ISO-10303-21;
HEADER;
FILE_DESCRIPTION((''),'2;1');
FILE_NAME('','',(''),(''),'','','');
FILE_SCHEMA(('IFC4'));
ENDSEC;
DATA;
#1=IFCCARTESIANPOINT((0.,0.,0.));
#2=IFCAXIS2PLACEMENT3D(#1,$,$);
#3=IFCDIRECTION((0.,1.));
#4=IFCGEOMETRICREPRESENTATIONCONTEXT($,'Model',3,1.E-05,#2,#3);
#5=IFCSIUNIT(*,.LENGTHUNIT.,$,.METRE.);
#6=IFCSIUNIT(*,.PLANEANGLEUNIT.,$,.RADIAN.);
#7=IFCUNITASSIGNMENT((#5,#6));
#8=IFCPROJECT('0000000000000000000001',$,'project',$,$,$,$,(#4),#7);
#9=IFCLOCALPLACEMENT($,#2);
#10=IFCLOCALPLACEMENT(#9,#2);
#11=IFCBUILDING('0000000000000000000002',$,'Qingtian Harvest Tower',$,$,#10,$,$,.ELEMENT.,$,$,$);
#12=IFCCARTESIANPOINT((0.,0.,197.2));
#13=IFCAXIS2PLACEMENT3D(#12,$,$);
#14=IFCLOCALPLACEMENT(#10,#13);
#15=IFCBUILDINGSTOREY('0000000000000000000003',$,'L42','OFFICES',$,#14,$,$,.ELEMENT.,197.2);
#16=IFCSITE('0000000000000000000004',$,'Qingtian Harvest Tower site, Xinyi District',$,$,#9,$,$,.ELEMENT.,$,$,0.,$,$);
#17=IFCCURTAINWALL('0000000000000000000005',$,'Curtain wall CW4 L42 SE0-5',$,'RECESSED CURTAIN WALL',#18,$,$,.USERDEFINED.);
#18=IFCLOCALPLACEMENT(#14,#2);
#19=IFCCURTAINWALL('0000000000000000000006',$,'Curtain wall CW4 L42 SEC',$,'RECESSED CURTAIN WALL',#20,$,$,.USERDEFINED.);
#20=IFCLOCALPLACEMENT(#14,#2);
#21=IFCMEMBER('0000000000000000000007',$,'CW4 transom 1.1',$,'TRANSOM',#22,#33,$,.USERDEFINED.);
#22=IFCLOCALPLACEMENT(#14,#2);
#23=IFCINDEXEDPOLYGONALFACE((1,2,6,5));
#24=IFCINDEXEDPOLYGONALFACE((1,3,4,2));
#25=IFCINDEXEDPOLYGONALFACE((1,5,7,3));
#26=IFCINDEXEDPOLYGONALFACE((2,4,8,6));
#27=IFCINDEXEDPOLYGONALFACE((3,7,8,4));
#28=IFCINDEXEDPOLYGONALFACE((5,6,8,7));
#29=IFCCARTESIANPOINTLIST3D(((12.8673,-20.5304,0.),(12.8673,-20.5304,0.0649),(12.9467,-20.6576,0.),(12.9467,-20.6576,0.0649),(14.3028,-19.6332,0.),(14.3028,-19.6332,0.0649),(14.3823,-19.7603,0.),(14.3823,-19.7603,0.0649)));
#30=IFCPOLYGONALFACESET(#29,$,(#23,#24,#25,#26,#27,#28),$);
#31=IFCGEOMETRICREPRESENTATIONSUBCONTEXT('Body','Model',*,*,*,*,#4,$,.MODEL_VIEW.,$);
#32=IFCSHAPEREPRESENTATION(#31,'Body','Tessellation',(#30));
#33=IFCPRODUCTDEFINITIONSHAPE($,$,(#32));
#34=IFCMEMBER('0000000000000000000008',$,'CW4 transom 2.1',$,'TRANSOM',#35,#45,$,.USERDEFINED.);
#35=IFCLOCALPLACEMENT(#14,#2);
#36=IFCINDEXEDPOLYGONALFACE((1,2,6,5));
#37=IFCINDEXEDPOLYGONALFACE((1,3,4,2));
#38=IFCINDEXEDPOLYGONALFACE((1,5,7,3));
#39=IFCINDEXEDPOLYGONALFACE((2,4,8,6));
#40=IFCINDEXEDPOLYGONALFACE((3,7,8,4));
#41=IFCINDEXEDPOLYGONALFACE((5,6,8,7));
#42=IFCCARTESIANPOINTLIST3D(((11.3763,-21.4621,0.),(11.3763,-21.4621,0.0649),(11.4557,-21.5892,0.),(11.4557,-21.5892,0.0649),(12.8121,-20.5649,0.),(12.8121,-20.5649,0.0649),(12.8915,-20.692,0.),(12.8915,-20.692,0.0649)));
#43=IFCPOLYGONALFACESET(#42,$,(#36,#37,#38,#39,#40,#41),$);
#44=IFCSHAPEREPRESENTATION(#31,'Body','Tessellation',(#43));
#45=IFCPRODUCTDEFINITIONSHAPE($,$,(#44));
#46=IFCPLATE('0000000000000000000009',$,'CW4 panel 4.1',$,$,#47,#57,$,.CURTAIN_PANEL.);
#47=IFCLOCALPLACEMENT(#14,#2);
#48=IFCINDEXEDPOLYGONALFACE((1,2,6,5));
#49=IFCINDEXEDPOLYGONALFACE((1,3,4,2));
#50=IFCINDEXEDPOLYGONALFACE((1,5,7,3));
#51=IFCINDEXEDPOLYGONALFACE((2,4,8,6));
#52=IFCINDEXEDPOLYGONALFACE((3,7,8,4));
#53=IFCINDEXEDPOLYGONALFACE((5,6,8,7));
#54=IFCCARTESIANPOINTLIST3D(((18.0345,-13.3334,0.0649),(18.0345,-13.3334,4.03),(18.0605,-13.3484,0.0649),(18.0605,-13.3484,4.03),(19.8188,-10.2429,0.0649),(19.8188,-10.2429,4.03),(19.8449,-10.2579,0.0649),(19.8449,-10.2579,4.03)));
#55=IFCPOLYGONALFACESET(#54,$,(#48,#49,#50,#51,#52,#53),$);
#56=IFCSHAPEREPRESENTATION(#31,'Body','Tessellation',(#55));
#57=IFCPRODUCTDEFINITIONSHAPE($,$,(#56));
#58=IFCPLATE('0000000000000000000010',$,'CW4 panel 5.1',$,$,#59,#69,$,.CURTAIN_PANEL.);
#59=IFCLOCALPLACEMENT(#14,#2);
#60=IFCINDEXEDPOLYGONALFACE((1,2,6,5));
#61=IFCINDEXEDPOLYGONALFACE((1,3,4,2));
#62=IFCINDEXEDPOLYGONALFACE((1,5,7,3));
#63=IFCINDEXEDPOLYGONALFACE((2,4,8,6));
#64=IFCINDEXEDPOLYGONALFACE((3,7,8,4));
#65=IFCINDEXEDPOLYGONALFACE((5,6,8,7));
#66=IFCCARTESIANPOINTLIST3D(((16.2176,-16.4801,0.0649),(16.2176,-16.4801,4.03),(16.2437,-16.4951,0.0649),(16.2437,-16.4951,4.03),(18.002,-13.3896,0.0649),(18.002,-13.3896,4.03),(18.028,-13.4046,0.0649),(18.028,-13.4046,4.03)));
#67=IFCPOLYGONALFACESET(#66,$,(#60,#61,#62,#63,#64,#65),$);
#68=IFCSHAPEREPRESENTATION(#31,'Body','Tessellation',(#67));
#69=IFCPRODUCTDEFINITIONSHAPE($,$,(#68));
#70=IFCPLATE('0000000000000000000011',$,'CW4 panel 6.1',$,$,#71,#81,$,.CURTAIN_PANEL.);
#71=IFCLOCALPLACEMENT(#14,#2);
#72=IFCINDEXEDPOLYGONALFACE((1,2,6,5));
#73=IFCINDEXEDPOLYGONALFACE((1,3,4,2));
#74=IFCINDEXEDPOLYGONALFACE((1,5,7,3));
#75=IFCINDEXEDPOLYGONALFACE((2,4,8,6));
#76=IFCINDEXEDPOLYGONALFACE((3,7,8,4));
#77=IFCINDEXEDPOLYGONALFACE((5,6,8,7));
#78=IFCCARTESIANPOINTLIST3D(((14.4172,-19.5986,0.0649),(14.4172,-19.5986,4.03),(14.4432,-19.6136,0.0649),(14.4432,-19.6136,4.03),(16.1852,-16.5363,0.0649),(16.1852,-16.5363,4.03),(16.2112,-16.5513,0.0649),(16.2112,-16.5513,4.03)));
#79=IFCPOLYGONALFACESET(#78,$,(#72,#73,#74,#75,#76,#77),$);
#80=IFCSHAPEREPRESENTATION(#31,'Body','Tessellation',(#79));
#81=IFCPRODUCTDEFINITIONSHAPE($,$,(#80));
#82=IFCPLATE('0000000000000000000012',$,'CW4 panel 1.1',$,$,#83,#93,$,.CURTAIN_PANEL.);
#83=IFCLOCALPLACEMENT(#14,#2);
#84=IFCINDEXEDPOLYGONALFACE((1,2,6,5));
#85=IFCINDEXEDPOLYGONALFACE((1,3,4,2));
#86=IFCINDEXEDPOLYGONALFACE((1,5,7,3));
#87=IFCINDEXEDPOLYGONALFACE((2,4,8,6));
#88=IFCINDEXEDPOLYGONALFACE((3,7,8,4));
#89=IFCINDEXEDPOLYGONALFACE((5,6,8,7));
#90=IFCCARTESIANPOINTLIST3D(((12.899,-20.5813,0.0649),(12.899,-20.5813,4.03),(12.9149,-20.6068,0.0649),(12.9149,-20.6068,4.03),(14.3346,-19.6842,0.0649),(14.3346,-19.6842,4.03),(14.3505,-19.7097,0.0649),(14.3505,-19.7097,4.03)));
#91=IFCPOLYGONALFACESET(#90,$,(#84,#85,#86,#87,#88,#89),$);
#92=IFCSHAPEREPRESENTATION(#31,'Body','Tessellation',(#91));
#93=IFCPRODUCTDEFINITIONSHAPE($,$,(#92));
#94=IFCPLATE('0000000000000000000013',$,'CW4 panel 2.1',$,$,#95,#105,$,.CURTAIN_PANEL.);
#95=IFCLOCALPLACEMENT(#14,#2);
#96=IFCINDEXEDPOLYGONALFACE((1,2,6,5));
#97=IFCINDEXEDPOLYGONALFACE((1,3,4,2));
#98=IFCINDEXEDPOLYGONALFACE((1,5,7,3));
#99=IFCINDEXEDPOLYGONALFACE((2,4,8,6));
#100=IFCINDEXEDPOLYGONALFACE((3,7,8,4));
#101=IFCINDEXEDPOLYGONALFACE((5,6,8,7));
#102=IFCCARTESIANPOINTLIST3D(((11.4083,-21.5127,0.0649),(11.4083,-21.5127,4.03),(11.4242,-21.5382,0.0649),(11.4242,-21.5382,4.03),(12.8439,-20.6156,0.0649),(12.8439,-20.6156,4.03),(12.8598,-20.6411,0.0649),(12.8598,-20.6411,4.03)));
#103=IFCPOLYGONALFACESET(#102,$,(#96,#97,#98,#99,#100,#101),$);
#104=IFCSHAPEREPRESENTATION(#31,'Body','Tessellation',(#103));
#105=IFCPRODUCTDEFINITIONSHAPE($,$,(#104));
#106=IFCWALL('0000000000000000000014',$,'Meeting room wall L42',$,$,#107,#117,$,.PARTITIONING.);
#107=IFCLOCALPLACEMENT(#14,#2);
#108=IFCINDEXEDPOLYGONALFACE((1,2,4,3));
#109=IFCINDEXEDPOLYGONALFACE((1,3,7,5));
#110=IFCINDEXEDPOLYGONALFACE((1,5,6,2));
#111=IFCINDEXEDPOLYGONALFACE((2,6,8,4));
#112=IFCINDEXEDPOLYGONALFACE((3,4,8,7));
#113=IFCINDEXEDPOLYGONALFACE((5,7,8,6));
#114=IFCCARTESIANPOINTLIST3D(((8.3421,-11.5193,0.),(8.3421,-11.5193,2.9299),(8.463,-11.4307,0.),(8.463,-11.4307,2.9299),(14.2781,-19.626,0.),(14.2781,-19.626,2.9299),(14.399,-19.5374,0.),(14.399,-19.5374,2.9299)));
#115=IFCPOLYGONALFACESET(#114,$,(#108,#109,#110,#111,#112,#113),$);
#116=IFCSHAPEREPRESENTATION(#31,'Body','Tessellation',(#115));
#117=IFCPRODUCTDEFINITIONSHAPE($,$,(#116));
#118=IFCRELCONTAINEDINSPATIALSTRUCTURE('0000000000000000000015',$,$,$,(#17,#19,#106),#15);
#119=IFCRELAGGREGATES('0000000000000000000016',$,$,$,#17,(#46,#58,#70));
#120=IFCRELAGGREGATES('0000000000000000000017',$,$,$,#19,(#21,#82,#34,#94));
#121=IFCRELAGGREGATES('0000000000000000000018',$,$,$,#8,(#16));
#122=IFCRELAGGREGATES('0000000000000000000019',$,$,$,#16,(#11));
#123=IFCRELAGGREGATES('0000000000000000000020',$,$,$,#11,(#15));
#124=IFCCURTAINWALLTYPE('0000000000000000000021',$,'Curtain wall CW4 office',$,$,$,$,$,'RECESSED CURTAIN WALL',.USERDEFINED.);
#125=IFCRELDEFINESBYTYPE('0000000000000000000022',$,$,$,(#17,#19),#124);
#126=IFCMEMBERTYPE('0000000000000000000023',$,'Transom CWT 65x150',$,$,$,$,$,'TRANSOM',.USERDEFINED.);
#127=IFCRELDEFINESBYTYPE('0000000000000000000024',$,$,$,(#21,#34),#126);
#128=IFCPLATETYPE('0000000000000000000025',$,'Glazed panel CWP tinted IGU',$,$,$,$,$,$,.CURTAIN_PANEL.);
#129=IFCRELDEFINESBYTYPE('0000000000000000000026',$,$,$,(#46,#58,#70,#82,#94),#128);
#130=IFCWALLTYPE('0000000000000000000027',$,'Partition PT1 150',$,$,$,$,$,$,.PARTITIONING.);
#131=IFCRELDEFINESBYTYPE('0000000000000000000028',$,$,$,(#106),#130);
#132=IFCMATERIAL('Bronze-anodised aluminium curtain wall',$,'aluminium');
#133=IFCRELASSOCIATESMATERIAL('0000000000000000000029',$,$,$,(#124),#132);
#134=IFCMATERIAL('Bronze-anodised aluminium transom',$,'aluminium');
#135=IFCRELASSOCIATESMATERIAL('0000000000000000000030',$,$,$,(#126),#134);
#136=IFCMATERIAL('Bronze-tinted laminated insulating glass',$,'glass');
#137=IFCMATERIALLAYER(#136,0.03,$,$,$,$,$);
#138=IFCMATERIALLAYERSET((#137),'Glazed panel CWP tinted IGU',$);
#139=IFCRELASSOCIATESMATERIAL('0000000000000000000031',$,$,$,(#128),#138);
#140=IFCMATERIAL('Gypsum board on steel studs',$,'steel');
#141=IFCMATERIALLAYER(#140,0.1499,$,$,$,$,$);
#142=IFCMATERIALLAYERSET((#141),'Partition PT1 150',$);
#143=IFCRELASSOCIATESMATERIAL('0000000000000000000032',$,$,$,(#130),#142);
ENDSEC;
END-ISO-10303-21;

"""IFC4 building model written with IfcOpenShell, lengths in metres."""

from ifc_helpers import new_model, si_unit, direction, frame, frame_2d, origin, origin_2d, place, context, subcontext, project, spatial, rectangle, extrude, material, layer, layer_set, material_profile, profile_set, type_object, element, aggregate, save


model = new_model("IFC4")

# Units and contexts
model_context = context("Model", 3, precision=1e-05, world=origin(), true_north=direction((0.0, 1.0)))
body_context = subcontext(model_context, "Body", "Model", "MODEL_VIEW")
ifc_project = project(units=[si_unit("LENGTHUNIT", "METRE"), si_unit("PLANEANGLEUNIT", "RADIAN")], contexts=[model_context])

# Site, building, storey
site_placement = place(None, origin())
site = spatial("IfcSite", under=ifc_project, at=site_placement, Name="Qingtian Harvest Tower site, Xinyi District", CompositionType="ELEMENT", RefElevation=0.0)
building_placement = place(site_placement, origin())
building = spatial("IfcBuilding", under=site, at=building_placement, Name="Qingtian Harvest Tower", CompositionType="ELEMENT")
storey_placement = place(building_placement, frame((0.0, 0.0, 197.2)))
storey = spatial("IfcBuildingStorey", under=building, at=storey_placement, Name="L42", Description="OFFICES", CompositionType="ELEMENT", Elevation=197.2)

# Curtain walls
ifc_material_1 = material(Name="Bronze-anodised aluminium curtain wall", Category="aluminium")
curtain_wall_type = type_object("IfcCurtainWallType", Name="Curtain wall CW4 office", ElementType="RECESSED CURTAIN WALL", PredefinedType="USERDEFINED", material=ifc_material_1)
curtain_wall_1_placement = place(storey_placement, origin())
curtain_wall_1 = element("IfcCurtainWall", 1, at=curtain_wall_1_placement, inside=storey, type_object=curtain_wall_type, Name="Curtain wall CW4 L42 SE0-5", ObjectType="RECESSED CURTAIN WALL", PredefinedType="USERDEFINED")
curtain_wall_2_placement = place(storey_placement, origin())
curtain_wall_2 = element("IfcCurtainWall", 2, at=curtain_wall_2_placement, inside=storey, type_object=curtain_wall_type, Name="Curtain wall CW4 L42 SEC", ObjectType="RECESSED CURTAIN WALL", PredefinedType="USERDEFINED")

# Members
ifc_material_2 = material(Name="Bronze-anodised aluminium transom", Category="aluminium")
ifc_material_profile_1 = material_profile(ifc_material_2, rectangle(XDim=0.1499, YDim=0.0649, at=origin_2d()), Name="AL 65x150")
ifc_profile_set_1 = profile_set([ifc_material_profile_1], Name="Bronze-anodised aluminium transom")
member_type_1 = type_object("IfcMemberType", Name="Transom CWT 65x150", ElementType="TRANSOM", PredefinedType="USERDEFINED", material=ifc_profile_set_1)
member_1_placement = place(storey_placement, frame((14.3425, -19.6968, 0.0325), z_axis=(-0.847998, -0.529999, 0.0), x_axis=(0.529999, -0.847998, 0.0)))
member_1 = element("IfcMember", 3, at=member_1_placement, type_object=member_type_1, Name="CW4 transom 1.1", ObjectType="TRANSOM", PredefinedType="USERDEFINED", context=body_context, shape_type="SweptSolid", body=[
    extrude(rectangle(XDim=0.1499, YDim=0.0649, at=origin_2d()), origin(), (0.0, 0.0, 1.0), 1.6929),
])
member_2_placement = place(storey_placement, frame((12.8518, -20.6284, 0.0325), z_axis=(-0.848039, -0.529934, 0.0), x_axis=(0.529934, -0.848039, 0.0)))
member_2 = element("IfcMember", 4, at=member_2_placement, type_object=member_type_1, Name="CW4 transom 2.1", ObjectType="TRANSOM", PredefinedType="USERDEFINED", context=body_context, shape_type="SweptSolid", body=[
    extrude(rectangle(XDim=0.1499, YDim=0.0649, at=origin_2d()), origin(), (0.0, 0.0, 1.0), 1.6931),
])

# Plates
ifc_material_3 = material(Name="Bronze-tinted laminated insulating glass", Category="glass")
ifc_layer_1 = layer(ifc_material_3, 0.03)
ifc_layer_set_1 = layer_set([ifc_layer_1], Name="Glazed panel CWP tinted IGU")
plate_type = type_object("IfcPlateType", Name="Glazed panel CWP tinted IGU", PredefinedType="CURTAIN_PANEL", material=ifc_layer_set_1)
plate_1_placement = place(storey_placement, frame((18.9397, -11.7957, 0.0649), z_axis=(0.0, 0.0, 1.0), x_axis=(-0.5, -0.866025, 0.0)))
plate_1 = element("IfcPlate", 5, at=plate_1_placement, type_object=plate_type, Name="CW4 panel 4.1", PredefinedType="CURTAIN_PANEL", context=body_context, shape_type="SweptSolid", body=[
    extrude(rectangle(XDim=3.5686, YDim=0.03, at=origin_2d()), origin(), (0.0, 0.0, 1.0), 3.9651),
])
plate_2_placement = place(storey_placement, frame((17.1228, -14.9424, 0.0649), z_axis=(0.0, 0.0, 1.0), x_axis=(-0.5, -0.866025, 0.0)))
plate_2 = element("IfcPlate", 6, at=plate_2_placement, type_object=plate_type, Name="CW4 panel 5.1", PredefinedType="CURTAIN_PANEL", context=body_context, shape_type="SweptSolid", body=[
    extrude(rectangle(XDim=3.5686, YDim=0.03, at=origin_2d()), origin(), (0.0, 0.0, 1.0), 3.9651),
])
plate_3_placement = place(storey_placement, frame((15.3142, -18.075, 0.0649), z_axis=(0.0, 0.0, 1.0), x_axis=(-0.5, -0.866025, 0.0)))
plate_3 = element("IfcPlate", 7, at=plate_3_placement, type_object=plate_type, Name="CW4 panel 6.1", PredefinedType="CURTAIN_PANEL", context=body_context, shape_type="SweptSolid", body=[
    extrude(rectangle(XDim=3.5361, YDim=0.03, at=origin_2d()), origin(), (0.0, 0.0, 1.0), 3.9651),
])
aggregate(curtain_wall_1, [plate_1, plate_2, plate_3])
plate_4_placement = place(storey_placement, frame((13.6248, -20.1455, 0.0649), z_axis=(0.0, 0.0, 1.0), x_axis=(-0.848048, -0.529919, 0.0)))
plate_4 = element("IfcPlate", 8, at=plate_4_placement, type_object=plate_type, Name="CW4 panel 1.1", PredefinedType="CURTAIN_PANEL", context=body_context, shape_type="SweptSolid", body=[
    extrude(rectangle(XDim=1.6929, YDim=0.03, at=origin_2d()), origin(), (0.0, 0.0, 1.0), 3.9651),
])
plate_5_placement = place(storey_placement, frame((12.134, -21.0769, 0.0649), z_axis=(0.0, 0.0, 1.0), x_axis=(-0.848048, -0.529919, 0.0)))
plate_5 = element("IfcPlate", 9, at=plate_5_placement, type_object=plate_type, Name="CW4 panel 2.1", PredefinedType="CURTAIN_PANEL", context=body_context, shape_type="SweptSolid", body=[
    extrude(rectangle(XDim=1.6929, YDim=0.03, at=origin_2d()), origin(), (0.0, 0.0, 1.0), 3.9651),
])
aggregate(curtain_wall_2, [member_1, plate_4, member_2, plate_5])

# Wall
ifc_material_4 = material(Name="Gypsum board on steel studs", Category="steel")
ifc_layer_2 = layer(ifc_material_4, 0.1499)
ifc_layer_set_2 = layer_set([ifc_layer_2], Name="Partition PT1 150")
wall_type = type_object("IfcWallType", Name="Partition PT1 150", PredefinedType="PARTITIONING", material=ifc_layer_set_2)
wall_placement = place(storey_placement, frame((14.3386, -19.5818, 0.0), z_axis=(0.0, 0.0, 1.0), x_axis=(-0.590789, 0.806826, 0.0)))
element("IfcWall", 10, at=wall_placement, inside=storey, type_object=wall_type, Name="Meeting room wall L42", PredefinedType="PARTITIONING", context=body_context, shape_type="SweptSolid", body=[
    extrude(rectangle(XDim=10.0476, YDim=0.1499, at=frame_2d((5.0239, 0.0))), origin(), (0.0, 0.0, 1.0), 2.9299),
])

save(model, "model.ifc")
